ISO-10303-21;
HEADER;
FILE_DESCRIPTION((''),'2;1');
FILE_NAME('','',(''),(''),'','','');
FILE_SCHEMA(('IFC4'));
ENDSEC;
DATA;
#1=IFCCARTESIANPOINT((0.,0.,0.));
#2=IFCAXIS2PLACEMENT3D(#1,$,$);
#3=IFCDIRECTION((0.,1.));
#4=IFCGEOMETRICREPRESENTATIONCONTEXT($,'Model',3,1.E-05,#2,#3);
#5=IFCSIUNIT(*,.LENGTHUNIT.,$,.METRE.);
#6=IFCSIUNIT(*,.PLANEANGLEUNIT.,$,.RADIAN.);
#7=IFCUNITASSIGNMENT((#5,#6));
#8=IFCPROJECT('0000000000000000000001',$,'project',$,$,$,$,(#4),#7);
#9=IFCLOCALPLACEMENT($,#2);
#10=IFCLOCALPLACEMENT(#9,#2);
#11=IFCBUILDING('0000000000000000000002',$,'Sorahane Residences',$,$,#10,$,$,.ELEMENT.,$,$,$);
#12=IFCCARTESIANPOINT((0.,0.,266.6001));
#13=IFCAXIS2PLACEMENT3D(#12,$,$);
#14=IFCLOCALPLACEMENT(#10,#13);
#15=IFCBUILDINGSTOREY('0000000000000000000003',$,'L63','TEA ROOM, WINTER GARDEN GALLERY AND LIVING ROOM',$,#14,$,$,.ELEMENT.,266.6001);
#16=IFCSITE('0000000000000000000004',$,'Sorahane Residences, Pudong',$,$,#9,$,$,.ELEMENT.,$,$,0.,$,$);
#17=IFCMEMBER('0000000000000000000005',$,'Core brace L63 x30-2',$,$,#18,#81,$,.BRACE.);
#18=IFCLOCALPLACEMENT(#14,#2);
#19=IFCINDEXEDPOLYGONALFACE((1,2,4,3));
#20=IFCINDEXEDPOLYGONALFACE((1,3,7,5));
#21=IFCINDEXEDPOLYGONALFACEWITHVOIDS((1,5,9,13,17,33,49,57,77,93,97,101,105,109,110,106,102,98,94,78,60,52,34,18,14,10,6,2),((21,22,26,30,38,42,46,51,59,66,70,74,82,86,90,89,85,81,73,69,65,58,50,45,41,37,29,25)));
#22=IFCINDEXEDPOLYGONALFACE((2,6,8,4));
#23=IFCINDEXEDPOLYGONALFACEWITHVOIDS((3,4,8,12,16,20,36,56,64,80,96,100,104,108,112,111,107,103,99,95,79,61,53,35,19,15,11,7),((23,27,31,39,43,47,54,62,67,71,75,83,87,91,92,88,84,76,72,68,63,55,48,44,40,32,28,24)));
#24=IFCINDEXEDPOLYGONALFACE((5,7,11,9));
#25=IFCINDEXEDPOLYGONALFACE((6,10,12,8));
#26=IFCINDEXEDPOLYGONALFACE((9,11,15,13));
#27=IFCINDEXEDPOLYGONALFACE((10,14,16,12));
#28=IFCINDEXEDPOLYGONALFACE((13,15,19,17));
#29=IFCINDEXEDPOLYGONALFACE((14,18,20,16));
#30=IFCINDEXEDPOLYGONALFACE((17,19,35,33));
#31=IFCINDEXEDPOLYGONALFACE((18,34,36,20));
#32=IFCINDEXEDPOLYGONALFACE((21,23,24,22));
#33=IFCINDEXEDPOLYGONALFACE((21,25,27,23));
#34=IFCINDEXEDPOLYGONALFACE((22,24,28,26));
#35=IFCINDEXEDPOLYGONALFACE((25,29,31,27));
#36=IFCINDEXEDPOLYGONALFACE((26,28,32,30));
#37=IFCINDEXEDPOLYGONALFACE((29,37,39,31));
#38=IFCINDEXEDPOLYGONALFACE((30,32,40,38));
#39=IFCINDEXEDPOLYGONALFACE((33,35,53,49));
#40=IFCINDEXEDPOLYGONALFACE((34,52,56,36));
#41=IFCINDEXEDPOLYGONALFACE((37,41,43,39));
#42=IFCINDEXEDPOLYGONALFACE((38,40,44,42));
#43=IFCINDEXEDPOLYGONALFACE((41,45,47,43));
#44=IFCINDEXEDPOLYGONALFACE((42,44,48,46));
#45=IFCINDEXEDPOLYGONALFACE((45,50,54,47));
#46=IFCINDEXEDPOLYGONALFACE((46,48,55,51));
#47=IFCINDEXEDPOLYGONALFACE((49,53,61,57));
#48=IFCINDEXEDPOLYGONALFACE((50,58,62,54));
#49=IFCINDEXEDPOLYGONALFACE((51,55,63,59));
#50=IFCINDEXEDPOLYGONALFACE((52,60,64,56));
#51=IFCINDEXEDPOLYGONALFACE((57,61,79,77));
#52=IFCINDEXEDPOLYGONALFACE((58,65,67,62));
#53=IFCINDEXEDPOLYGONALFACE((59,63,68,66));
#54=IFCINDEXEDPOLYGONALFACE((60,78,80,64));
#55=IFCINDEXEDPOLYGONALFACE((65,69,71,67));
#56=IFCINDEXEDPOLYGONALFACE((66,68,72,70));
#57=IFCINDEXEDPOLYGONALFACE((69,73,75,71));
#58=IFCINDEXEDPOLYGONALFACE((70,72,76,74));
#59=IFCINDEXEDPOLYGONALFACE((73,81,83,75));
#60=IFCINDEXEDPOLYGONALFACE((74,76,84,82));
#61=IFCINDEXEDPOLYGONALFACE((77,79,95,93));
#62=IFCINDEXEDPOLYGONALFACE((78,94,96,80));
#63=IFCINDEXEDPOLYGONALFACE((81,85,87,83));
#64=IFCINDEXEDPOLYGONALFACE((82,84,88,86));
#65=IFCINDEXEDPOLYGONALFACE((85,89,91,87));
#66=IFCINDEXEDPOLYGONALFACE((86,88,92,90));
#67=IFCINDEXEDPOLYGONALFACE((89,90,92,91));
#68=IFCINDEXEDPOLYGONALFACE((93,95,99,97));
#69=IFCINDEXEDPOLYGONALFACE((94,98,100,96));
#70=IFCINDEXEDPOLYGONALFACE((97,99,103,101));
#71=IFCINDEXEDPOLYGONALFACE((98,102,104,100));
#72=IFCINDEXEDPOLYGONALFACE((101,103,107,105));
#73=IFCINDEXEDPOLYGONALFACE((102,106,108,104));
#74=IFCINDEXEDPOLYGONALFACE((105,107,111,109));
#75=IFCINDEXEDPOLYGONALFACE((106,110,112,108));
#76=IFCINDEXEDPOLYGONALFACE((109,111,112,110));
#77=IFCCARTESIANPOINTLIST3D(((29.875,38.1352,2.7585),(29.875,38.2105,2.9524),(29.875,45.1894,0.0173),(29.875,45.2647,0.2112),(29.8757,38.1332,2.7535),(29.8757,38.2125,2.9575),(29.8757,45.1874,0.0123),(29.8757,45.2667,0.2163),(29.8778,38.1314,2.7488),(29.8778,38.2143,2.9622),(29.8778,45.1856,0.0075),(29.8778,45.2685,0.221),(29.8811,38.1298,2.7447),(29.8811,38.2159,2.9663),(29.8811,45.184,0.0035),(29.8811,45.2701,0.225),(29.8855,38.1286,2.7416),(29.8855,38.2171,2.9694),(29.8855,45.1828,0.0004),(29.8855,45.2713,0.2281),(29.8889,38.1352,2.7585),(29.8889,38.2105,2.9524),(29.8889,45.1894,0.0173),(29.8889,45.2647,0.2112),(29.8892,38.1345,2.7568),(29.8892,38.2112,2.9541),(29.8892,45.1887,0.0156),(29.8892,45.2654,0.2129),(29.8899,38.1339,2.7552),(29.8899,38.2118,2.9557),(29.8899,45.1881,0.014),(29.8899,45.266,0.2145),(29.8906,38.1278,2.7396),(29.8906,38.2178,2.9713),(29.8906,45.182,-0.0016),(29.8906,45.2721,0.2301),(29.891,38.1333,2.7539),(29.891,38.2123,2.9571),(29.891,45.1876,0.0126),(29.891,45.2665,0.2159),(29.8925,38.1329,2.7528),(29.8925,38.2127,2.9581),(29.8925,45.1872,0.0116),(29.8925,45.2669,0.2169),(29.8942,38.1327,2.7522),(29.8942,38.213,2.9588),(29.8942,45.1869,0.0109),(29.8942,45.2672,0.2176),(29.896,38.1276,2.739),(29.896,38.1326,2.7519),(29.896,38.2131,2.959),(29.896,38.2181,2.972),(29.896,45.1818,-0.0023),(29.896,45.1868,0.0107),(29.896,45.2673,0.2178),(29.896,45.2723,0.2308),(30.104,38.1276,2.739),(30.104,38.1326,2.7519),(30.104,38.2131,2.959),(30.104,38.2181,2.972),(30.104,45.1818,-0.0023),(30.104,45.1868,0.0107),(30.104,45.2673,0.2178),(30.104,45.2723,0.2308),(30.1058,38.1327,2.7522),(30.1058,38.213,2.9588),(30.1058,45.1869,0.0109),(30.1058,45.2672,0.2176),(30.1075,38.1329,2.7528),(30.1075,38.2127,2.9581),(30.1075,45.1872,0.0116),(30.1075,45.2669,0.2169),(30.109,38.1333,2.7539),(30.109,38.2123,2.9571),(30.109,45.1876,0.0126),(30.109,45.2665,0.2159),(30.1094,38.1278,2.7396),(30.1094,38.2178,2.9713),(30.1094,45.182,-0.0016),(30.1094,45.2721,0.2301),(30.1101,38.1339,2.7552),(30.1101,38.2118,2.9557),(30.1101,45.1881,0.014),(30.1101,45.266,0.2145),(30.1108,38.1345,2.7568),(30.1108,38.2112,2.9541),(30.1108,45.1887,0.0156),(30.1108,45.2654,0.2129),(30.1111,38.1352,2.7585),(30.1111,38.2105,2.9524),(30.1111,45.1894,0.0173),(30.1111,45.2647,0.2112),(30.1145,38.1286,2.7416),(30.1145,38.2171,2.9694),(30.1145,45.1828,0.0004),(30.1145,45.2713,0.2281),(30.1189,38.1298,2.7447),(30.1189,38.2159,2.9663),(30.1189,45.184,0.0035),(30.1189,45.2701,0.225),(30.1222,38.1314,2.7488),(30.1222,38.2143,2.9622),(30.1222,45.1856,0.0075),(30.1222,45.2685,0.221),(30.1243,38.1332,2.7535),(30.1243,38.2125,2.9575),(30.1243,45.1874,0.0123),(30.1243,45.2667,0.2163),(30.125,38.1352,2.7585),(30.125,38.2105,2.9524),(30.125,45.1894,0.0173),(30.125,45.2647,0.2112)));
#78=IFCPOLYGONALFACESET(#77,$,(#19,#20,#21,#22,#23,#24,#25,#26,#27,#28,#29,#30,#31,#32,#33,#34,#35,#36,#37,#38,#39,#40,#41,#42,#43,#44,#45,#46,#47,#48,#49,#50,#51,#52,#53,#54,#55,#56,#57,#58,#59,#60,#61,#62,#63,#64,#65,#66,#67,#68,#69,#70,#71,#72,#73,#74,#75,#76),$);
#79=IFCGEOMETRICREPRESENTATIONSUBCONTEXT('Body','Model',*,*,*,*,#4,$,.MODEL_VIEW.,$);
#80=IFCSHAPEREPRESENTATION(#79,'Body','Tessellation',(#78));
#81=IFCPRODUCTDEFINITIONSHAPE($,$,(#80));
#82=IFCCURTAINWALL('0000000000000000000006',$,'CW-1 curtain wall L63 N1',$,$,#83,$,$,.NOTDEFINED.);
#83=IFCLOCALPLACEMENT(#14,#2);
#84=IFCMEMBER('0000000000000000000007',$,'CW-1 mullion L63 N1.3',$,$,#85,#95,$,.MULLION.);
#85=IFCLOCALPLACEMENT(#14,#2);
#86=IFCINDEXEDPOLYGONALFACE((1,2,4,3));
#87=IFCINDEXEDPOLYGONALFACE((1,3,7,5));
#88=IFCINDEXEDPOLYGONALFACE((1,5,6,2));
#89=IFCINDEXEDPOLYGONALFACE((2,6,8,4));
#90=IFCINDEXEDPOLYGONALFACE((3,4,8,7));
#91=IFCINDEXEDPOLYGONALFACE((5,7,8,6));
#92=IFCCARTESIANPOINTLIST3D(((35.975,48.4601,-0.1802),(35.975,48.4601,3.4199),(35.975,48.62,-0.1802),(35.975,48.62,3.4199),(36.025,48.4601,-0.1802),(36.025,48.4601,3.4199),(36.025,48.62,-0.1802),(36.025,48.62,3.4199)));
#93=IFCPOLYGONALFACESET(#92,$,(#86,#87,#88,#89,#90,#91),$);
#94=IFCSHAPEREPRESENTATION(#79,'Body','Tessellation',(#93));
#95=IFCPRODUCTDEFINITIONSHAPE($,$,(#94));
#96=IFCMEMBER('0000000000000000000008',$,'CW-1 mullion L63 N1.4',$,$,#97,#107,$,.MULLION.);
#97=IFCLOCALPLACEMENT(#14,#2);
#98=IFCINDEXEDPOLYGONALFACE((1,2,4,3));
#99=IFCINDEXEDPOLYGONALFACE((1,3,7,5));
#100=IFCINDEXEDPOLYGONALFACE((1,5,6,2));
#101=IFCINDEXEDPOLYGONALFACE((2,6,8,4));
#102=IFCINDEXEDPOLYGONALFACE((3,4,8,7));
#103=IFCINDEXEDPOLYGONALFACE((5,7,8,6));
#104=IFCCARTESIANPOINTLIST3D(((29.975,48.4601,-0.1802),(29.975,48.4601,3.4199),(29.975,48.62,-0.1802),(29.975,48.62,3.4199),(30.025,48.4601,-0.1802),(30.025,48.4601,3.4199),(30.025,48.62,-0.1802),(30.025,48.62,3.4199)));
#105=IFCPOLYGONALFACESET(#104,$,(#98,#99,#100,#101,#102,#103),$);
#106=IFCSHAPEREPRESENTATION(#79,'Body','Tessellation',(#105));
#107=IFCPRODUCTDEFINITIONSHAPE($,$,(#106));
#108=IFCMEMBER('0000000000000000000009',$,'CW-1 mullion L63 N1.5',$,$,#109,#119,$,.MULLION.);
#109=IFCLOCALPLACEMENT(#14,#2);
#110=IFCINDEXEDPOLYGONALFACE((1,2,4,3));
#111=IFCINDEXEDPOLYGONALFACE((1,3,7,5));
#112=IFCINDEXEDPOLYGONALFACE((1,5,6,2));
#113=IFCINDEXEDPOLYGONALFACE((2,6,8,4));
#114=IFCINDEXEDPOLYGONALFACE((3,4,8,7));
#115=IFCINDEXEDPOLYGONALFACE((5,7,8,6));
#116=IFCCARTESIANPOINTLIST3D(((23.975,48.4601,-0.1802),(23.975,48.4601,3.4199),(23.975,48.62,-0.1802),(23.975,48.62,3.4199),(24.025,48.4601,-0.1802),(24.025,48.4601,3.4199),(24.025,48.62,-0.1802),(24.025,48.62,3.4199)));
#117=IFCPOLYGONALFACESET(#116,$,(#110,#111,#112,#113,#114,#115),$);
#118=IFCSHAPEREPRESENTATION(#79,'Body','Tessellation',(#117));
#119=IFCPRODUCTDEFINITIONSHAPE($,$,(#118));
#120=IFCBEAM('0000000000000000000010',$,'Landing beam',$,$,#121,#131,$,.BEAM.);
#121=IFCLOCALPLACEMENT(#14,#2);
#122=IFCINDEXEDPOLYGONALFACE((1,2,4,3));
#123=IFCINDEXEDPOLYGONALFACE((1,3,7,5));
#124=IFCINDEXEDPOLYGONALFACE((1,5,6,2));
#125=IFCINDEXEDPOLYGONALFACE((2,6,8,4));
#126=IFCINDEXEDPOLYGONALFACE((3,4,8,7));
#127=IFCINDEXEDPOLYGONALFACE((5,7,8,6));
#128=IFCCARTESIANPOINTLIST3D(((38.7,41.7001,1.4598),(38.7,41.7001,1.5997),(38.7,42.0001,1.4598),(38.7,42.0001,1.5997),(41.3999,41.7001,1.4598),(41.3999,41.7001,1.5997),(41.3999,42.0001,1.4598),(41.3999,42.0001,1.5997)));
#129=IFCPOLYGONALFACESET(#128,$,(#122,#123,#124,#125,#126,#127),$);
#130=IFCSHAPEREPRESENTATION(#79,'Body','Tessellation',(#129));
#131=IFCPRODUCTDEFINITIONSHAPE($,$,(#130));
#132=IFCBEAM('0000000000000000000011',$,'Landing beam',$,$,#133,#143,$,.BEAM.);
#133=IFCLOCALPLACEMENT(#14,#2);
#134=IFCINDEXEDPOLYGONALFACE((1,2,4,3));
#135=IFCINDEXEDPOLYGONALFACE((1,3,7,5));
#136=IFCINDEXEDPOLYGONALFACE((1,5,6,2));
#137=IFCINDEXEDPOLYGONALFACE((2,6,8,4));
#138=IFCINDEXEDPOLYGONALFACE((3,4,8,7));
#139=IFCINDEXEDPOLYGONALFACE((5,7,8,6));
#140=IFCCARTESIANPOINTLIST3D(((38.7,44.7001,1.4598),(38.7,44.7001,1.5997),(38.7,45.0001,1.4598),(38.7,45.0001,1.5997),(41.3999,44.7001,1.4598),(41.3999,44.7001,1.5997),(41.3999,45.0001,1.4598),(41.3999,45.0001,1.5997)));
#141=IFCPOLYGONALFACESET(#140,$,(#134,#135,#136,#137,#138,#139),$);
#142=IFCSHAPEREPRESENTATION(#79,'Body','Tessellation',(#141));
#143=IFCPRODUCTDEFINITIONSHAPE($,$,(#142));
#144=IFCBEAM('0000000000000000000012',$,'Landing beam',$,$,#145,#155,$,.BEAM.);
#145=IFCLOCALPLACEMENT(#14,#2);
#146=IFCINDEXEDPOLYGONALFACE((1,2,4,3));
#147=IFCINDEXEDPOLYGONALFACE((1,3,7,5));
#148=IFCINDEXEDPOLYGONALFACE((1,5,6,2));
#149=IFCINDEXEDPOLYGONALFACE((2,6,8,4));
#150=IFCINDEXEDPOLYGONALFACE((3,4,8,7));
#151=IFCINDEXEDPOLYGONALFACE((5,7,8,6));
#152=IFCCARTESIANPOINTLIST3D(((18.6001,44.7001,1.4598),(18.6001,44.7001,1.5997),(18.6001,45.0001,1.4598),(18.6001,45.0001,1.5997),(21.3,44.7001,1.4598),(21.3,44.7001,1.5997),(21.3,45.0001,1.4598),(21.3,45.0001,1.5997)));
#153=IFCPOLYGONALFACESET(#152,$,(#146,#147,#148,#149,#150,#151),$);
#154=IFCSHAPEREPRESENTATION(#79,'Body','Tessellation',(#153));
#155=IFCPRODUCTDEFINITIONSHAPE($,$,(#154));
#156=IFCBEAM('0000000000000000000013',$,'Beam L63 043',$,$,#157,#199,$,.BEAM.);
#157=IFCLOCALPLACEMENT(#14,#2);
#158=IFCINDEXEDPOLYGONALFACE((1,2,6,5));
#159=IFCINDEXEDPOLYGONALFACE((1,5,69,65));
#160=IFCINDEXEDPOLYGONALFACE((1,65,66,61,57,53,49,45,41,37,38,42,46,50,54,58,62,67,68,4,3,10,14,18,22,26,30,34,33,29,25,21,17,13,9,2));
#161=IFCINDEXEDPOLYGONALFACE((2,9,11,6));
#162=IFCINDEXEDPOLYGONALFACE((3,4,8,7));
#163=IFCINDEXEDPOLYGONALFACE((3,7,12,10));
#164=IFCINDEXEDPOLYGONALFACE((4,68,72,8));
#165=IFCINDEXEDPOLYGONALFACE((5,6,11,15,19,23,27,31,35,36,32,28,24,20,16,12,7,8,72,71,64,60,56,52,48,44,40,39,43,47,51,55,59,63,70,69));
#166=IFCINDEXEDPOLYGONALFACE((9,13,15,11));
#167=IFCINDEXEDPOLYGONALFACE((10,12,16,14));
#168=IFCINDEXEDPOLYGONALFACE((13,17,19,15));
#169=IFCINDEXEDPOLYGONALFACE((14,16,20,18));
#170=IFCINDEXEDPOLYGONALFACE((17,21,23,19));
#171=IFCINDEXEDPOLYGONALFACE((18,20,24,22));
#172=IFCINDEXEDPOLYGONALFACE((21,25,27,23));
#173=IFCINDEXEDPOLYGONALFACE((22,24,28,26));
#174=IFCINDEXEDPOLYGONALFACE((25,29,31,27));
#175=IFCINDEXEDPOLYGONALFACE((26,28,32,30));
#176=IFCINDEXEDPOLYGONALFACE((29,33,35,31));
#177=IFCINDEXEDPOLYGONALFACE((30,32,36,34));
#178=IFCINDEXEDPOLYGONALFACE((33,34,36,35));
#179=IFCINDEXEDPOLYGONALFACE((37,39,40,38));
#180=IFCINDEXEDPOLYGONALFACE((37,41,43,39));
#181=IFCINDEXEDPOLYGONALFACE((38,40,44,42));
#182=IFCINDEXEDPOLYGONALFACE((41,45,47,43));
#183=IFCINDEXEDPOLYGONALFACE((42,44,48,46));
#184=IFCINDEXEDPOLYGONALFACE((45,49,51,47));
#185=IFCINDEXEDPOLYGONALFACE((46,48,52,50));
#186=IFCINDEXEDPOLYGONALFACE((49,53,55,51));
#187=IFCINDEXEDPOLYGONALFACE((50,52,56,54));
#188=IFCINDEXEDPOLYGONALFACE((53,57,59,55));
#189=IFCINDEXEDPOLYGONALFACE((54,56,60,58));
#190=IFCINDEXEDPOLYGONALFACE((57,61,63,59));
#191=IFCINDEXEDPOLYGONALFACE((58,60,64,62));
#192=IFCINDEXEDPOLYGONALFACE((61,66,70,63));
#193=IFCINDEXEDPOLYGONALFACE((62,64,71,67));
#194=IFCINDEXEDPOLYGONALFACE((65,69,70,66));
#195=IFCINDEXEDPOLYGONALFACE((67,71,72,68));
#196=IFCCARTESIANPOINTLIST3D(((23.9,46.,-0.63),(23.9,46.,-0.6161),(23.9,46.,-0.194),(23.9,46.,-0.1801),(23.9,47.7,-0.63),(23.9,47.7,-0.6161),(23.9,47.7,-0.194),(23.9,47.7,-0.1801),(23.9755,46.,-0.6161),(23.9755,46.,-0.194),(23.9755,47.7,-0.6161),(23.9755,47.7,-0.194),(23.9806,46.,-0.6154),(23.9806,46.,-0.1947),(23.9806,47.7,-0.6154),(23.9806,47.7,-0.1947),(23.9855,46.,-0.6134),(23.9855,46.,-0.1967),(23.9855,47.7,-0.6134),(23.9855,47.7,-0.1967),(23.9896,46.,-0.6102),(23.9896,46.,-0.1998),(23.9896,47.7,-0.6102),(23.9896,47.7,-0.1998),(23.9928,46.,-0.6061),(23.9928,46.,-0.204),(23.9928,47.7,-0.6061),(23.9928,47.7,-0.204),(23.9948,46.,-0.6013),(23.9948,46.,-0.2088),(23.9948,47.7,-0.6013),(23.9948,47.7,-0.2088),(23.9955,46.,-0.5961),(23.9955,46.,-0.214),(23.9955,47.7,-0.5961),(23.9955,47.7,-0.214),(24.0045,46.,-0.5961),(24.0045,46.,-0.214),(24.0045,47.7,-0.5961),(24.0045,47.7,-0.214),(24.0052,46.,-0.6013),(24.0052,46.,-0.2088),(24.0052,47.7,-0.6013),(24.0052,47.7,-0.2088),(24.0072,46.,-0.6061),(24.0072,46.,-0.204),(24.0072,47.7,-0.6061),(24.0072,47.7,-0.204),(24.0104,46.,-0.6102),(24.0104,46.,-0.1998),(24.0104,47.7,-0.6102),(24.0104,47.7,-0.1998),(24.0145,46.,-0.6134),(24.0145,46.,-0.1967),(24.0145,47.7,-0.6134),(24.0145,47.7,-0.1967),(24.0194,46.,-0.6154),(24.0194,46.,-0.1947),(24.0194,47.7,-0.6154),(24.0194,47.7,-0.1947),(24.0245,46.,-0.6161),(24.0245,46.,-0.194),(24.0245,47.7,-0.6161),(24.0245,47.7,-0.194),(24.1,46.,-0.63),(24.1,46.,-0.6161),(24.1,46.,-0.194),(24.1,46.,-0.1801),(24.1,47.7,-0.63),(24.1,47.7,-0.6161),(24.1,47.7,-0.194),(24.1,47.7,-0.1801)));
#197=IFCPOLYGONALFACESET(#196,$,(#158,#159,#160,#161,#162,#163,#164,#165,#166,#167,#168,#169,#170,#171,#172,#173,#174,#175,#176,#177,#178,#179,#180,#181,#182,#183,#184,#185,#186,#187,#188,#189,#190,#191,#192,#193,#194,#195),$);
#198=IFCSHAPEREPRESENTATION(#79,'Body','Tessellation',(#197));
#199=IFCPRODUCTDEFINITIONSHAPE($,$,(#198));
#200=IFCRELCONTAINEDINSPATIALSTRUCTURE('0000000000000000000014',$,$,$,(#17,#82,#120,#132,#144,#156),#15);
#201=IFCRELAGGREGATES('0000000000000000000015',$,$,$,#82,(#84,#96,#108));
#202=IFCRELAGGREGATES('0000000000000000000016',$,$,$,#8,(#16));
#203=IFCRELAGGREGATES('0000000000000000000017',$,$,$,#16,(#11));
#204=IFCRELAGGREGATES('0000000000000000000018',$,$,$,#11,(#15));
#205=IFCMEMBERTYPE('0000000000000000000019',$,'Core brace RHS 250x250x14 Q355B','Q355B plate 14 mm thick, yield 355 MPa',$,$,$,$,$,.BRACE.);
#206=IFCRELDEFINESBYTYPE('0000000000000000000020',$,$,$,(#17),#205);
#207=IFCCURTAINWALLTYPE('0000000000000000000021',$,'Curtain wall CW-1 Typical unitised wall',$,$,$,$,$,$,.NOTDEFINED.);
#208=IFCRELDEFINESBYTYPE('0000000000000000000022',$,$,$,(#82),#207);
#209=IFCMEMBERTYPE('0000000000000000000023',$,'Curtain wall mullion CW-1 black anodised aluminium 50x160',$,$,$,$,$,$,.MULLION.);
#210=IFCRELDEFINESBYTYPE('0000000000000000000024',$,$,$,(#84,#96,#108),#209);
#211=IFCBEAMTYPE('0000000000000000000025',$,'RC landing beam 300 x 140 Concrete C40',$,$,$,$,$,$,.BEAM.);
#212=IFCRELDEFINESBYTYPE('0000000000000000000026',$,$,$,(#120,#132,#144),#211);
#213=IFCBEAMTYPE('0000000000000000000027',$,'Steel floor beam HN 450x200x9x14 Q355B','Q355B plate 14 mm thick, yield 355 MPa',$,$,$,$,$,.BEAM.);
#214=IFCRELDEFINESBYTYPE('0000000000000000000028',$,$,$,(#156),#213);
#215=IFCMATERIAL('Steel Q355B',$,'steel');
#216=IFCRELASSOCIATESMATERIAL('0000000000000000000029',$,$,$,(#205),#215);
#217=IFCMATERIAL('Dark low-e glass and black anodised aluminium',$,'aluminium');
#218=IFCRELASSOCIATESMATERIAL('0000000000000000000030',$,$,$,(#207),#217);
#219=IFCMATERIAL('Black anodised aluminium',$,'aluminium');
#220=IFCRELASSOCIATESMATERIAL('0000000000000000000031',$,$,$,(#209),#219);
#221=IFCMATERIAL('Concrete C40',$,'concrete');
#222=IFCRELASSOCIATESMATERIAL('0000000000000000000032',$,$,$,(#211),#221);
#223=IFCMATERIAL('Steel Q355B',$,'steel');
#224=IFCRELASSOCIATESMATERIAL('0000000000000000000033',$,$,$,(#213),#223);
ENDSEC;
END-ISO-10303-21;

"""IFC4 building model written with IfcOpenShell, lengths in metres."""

from ifc_helpers import new_model, si_unit, direction, frame, origin, origin_2d, place, context, subcontext, project, spatial, rectangle, hollow_rectangle, i_section, extrude, material, material_profile, profile_set, type_object, element, aggregate, save


model = new_model("IFC4")

# Units and contexts
model_context = context("Model", 3, precision=1e-05, world=origin(), true_north=direction((0.0, 1.0)))
body_context = subcontext(model_context, "Body", "Model", "MODEL_VIEW")
ifc_project = project(units=[si_unit("LENGTHUNIT", "METRE"), si_unit("PLANEANGLEUNIT", "RADIAN")], contexts=[model_context])

# Site, building, storey
site_placement = place(None, origin())
site = spatial("IfcSite", under=ifc_project, at=site_placement, Name="Sorahane Residences, Pudong", CompositionType="ELEMENT", RefElevation=0.0)
building_placement = place(site_placement, origin())
building = spatial("IfcBuilding", under=site, at=building_placement, Name="Sorahane Residences", CompositionType="ELEMENT")
storey_placement = place(building_placement, frame((0.0, 0.0, 266.6001)))
storey = spatial("IfcBuildingStorey", under=building, at=storey_placement, Name="L63", Description="TEA ROOM, WINTER GARDEN GALLERY AND LIVING ROOM", CompositionType="ELEMENT", Elevation=266.6001)

# Member
ifc_material_1 = material(Name="Steel Q355B", Category="steel")
ifc_material_profile_1 = material_profile(ifc_material_1, hollow_rectangle(XDim=0.25, YDim=0.25, WallThickness=0.0139, InnerFilletRadius=0.0071, OuterFilletRadius=0.021, at=origin_2d()), Name="RHS 250x250x14")
ifc_profile_set_1 = profile_set([ifc_material_profile_1], Name="Steel Q355B")
member_type_1 = type_object("IfcMemberType", Name="Core brace RHS 250x250x14 Q355B", Description="Q355B plate 14 mm thick, yield 355 MPa", PredefinedType="BRACE", material=ifc_profile_set_1)
member_1_placement = place(storey_placement, frame((30.0, 45.2271, 0.1143), z_axis=(0.0, -0.932098, 0.362207), x_axis=(1.0, 0.0, 0.0)))
element("IfcMember", 1, at=member_1_placement, inside=storey, type_object=member_type_1, Name="Core brace L63 x30-2", PredefinedType="BRACE", context=body_context, shape_type="SweptSolid", body=[
    extrude(hollow_rectangle(XDim=0.25, YDim=0.25, WallThickness=0.0139, InnerFilletRadius=0.0071, OuterFilletRadius=0.021, at=origin_2d()), origin(), (0.0, 0.0, 1.0), 7.5681),
])

# Curtain wall, members
ifc_material_2 = material(Name="Dark low-e glass and black anodised aluminium", Category="aluminium")
curtain_wall_type = type_object("IfcCurtainWallType", Name="Curtain wall CW-1 Typical unitised wall", PredefinedType="NOTDEFINED", material=ifc_material_2)
curtain_wall_placement = place(storey_placement, origin())
curtain_wall = element("IfcCurtainWall", 2, at=curtain_wall_placement, inside=storey, type_object=curtain_wall_type, Name="CW-1 curtain wall L63 N1", PredefinedType="NOTDEFINED")
ifc_material_3 = material(Name="Black anodised aluminium", Category="aluminium")
ifc_material_profile_2 = material_profile(ifc_material_3, rectangle(XDim=0.1599, YDim=0.05, at=origin_2d()), Name="Curtain wall mullion CW-1 black anodised aluminium 50x160")
ifc_profile_set_2 = profile_set([ifc_material_profile_2], Name="Black anodised aluminium")
member_type_2 = type_object("IfcMemberType", Name="Curtain wall mullion CW-1 black anodised aluminium 50x160", PredefinedType="MULLION", material=ifc_profile_set_2)
member_2_placement = place(storey_placement, frame((36.0, 48.54, -0.1802), z_axis=(0.0, 0.0, 1.0), x_axis=(0.0, 1.0, 0.0)))
member_2 = element("IfcMember", 3, at=member_2_placement, type_object=member_type_2, Name="CW-1 mullion L63 N1.3", PredefinedType="MULLION", context=body_context, shape_type="SweptSolid", body=[
    extrude(rectangle(XDim=0.1599, YDim=0.05, at=origin_2d()), origin(), (0.0, 0.0, 1.0), 3.6001),
])
member_3_placement = place(storey_placement, frame((30.0, 48.54, -0.1802), z_axis=(0.0, 0.0, 1.0), x_axis=(0.0, 1.0, 0.0)))
member_3 = element("IfcMember", 4, at=member_3_placement, type_object=member_type_2, Name="CW-1 mullion L63 N1.4", PredefinedType="MULLION", context=body_context, shape_type="SweptSolid", body=[
    extrude(rectangle(XDim=0.1599, YDim=0.05, at=origin_2d()), origin(), (0.0, 0.0, 1.0), 3.6001),
])
member_4_placement = place(storey_placement, frame((24.0, 48.54, -0.1802), z_axis=(0.0, 0.0, 1.0), x_axis=(0.0, 1.0, 0.0)))
member_4 = element("IfcMember", 5, at=member_4_placement, type_object=member_type_2, Name="CW-1 mullion L63 N1.5", PredefinedType="MULLION", context=body_context, shape_type="SweptSolid", body=[
    extrude(rectangle(XDim=0.1599, YDim=0.05, at=origin_2d()), origin(), (0.0, 0.0, 1.0), 3.6001),
])

# Beams
ifc_material_4 = material(Name="Concrete C40", Category="concrete")
ifc_material_profile_3 = material_profile(ifc_material_4, rectangle(XDim=0.3, YDim=0.1399, at=origin_2d()), Name="300x140")
ifc_profile_set_3 = profile_set([ifc_material_profile_3], Name="Concrete C40")
beam_type_1 = type_object("IfcBeamType", Name="RC landing beam 300 x 140 Concrete C40", PredefinedType="BEAM", material=ifc_profile_set_3)
for number, where, z_axis, x_axis, name in (
    (6, (38.7, 41.8501, 1.5298), (1.0, 0.0, 0.0), (0.0, 1.0, 0.0), "Landing beam"),
    (7, (38.7, 44.8501, 1.5298), (1.0, 0.0, 0.0), (0.0, 1.0, 0.0), "Landing beam"),
    (8, (18.6001, 44.8501, 1.5298), (1.0, 0.0, 0.0), (0.0, 1.0, 0.0), "Landing beam"),
):
    element("IfcBeam", number, at=place(storey_placement, frame(where, z_axis=z_axis, x_axis=x_axis)), inside=storey, type_object=beam_type_1, Name=name, PredefinedType="BEAM", context=body_context, shape_type="SweptSolid", body=[
        extrude(rectangle(XDim=0.3, YDim=0.1399, at=origin_2d()), origin(), (0.0, 0.0, 1.0), 2.7),
    ])
ifc_material_5 = material(Name="Steel Q355B", Category="steel")
ifc_material_profile_4 = material_profile(ifc_material_5, i_section(OverallWidth=0.2, OverallDepth=0.45, WebThickness=0.009, FlangeThickness=0.0139, FilletRadius=0.02, at=origin_2d()), Name="HN 450x200x9x14")
ifc_profile_set_4 = profile_set([ifc_material_profile_4], Name="Steel Q355B")
beam_type_2 = type_object("IfcBeamType", Name="Steel floor beam HN 450x200x9x14 Q355B", Description="Q355B plate 14 mm thick, yield 355 MPa", PredefinedType="BEAM", material=ifc_profile_set_4)
beam_1_placement = place(storey_placement, frame((24.0, 46.0, -0.405), z_axis=(0.0, 1.0, 0.0), x_axis=(-1.0, 0.0, 0.0)))
element("IfcBeam", 9, at=beam_1_placement, inside=storey, type_object=beam_type_2, Name="Beam L63 043", PredefinedType="BEAM", context=body_context, shape_type="SweptSolid", body=[
    extrude(i_section(OverallWidth=0.2, OverallDepth=0.45, WebThickness=0.009, FlangeThickness=0.0139, FilletRadius=0.02, at=origin_2d()), origin(), (0.0, 0.0, 1.0), 1.7),
])

aggregate(curtain_wall, [member_2, member_3, member_4])

save(model, "model.ifc")
